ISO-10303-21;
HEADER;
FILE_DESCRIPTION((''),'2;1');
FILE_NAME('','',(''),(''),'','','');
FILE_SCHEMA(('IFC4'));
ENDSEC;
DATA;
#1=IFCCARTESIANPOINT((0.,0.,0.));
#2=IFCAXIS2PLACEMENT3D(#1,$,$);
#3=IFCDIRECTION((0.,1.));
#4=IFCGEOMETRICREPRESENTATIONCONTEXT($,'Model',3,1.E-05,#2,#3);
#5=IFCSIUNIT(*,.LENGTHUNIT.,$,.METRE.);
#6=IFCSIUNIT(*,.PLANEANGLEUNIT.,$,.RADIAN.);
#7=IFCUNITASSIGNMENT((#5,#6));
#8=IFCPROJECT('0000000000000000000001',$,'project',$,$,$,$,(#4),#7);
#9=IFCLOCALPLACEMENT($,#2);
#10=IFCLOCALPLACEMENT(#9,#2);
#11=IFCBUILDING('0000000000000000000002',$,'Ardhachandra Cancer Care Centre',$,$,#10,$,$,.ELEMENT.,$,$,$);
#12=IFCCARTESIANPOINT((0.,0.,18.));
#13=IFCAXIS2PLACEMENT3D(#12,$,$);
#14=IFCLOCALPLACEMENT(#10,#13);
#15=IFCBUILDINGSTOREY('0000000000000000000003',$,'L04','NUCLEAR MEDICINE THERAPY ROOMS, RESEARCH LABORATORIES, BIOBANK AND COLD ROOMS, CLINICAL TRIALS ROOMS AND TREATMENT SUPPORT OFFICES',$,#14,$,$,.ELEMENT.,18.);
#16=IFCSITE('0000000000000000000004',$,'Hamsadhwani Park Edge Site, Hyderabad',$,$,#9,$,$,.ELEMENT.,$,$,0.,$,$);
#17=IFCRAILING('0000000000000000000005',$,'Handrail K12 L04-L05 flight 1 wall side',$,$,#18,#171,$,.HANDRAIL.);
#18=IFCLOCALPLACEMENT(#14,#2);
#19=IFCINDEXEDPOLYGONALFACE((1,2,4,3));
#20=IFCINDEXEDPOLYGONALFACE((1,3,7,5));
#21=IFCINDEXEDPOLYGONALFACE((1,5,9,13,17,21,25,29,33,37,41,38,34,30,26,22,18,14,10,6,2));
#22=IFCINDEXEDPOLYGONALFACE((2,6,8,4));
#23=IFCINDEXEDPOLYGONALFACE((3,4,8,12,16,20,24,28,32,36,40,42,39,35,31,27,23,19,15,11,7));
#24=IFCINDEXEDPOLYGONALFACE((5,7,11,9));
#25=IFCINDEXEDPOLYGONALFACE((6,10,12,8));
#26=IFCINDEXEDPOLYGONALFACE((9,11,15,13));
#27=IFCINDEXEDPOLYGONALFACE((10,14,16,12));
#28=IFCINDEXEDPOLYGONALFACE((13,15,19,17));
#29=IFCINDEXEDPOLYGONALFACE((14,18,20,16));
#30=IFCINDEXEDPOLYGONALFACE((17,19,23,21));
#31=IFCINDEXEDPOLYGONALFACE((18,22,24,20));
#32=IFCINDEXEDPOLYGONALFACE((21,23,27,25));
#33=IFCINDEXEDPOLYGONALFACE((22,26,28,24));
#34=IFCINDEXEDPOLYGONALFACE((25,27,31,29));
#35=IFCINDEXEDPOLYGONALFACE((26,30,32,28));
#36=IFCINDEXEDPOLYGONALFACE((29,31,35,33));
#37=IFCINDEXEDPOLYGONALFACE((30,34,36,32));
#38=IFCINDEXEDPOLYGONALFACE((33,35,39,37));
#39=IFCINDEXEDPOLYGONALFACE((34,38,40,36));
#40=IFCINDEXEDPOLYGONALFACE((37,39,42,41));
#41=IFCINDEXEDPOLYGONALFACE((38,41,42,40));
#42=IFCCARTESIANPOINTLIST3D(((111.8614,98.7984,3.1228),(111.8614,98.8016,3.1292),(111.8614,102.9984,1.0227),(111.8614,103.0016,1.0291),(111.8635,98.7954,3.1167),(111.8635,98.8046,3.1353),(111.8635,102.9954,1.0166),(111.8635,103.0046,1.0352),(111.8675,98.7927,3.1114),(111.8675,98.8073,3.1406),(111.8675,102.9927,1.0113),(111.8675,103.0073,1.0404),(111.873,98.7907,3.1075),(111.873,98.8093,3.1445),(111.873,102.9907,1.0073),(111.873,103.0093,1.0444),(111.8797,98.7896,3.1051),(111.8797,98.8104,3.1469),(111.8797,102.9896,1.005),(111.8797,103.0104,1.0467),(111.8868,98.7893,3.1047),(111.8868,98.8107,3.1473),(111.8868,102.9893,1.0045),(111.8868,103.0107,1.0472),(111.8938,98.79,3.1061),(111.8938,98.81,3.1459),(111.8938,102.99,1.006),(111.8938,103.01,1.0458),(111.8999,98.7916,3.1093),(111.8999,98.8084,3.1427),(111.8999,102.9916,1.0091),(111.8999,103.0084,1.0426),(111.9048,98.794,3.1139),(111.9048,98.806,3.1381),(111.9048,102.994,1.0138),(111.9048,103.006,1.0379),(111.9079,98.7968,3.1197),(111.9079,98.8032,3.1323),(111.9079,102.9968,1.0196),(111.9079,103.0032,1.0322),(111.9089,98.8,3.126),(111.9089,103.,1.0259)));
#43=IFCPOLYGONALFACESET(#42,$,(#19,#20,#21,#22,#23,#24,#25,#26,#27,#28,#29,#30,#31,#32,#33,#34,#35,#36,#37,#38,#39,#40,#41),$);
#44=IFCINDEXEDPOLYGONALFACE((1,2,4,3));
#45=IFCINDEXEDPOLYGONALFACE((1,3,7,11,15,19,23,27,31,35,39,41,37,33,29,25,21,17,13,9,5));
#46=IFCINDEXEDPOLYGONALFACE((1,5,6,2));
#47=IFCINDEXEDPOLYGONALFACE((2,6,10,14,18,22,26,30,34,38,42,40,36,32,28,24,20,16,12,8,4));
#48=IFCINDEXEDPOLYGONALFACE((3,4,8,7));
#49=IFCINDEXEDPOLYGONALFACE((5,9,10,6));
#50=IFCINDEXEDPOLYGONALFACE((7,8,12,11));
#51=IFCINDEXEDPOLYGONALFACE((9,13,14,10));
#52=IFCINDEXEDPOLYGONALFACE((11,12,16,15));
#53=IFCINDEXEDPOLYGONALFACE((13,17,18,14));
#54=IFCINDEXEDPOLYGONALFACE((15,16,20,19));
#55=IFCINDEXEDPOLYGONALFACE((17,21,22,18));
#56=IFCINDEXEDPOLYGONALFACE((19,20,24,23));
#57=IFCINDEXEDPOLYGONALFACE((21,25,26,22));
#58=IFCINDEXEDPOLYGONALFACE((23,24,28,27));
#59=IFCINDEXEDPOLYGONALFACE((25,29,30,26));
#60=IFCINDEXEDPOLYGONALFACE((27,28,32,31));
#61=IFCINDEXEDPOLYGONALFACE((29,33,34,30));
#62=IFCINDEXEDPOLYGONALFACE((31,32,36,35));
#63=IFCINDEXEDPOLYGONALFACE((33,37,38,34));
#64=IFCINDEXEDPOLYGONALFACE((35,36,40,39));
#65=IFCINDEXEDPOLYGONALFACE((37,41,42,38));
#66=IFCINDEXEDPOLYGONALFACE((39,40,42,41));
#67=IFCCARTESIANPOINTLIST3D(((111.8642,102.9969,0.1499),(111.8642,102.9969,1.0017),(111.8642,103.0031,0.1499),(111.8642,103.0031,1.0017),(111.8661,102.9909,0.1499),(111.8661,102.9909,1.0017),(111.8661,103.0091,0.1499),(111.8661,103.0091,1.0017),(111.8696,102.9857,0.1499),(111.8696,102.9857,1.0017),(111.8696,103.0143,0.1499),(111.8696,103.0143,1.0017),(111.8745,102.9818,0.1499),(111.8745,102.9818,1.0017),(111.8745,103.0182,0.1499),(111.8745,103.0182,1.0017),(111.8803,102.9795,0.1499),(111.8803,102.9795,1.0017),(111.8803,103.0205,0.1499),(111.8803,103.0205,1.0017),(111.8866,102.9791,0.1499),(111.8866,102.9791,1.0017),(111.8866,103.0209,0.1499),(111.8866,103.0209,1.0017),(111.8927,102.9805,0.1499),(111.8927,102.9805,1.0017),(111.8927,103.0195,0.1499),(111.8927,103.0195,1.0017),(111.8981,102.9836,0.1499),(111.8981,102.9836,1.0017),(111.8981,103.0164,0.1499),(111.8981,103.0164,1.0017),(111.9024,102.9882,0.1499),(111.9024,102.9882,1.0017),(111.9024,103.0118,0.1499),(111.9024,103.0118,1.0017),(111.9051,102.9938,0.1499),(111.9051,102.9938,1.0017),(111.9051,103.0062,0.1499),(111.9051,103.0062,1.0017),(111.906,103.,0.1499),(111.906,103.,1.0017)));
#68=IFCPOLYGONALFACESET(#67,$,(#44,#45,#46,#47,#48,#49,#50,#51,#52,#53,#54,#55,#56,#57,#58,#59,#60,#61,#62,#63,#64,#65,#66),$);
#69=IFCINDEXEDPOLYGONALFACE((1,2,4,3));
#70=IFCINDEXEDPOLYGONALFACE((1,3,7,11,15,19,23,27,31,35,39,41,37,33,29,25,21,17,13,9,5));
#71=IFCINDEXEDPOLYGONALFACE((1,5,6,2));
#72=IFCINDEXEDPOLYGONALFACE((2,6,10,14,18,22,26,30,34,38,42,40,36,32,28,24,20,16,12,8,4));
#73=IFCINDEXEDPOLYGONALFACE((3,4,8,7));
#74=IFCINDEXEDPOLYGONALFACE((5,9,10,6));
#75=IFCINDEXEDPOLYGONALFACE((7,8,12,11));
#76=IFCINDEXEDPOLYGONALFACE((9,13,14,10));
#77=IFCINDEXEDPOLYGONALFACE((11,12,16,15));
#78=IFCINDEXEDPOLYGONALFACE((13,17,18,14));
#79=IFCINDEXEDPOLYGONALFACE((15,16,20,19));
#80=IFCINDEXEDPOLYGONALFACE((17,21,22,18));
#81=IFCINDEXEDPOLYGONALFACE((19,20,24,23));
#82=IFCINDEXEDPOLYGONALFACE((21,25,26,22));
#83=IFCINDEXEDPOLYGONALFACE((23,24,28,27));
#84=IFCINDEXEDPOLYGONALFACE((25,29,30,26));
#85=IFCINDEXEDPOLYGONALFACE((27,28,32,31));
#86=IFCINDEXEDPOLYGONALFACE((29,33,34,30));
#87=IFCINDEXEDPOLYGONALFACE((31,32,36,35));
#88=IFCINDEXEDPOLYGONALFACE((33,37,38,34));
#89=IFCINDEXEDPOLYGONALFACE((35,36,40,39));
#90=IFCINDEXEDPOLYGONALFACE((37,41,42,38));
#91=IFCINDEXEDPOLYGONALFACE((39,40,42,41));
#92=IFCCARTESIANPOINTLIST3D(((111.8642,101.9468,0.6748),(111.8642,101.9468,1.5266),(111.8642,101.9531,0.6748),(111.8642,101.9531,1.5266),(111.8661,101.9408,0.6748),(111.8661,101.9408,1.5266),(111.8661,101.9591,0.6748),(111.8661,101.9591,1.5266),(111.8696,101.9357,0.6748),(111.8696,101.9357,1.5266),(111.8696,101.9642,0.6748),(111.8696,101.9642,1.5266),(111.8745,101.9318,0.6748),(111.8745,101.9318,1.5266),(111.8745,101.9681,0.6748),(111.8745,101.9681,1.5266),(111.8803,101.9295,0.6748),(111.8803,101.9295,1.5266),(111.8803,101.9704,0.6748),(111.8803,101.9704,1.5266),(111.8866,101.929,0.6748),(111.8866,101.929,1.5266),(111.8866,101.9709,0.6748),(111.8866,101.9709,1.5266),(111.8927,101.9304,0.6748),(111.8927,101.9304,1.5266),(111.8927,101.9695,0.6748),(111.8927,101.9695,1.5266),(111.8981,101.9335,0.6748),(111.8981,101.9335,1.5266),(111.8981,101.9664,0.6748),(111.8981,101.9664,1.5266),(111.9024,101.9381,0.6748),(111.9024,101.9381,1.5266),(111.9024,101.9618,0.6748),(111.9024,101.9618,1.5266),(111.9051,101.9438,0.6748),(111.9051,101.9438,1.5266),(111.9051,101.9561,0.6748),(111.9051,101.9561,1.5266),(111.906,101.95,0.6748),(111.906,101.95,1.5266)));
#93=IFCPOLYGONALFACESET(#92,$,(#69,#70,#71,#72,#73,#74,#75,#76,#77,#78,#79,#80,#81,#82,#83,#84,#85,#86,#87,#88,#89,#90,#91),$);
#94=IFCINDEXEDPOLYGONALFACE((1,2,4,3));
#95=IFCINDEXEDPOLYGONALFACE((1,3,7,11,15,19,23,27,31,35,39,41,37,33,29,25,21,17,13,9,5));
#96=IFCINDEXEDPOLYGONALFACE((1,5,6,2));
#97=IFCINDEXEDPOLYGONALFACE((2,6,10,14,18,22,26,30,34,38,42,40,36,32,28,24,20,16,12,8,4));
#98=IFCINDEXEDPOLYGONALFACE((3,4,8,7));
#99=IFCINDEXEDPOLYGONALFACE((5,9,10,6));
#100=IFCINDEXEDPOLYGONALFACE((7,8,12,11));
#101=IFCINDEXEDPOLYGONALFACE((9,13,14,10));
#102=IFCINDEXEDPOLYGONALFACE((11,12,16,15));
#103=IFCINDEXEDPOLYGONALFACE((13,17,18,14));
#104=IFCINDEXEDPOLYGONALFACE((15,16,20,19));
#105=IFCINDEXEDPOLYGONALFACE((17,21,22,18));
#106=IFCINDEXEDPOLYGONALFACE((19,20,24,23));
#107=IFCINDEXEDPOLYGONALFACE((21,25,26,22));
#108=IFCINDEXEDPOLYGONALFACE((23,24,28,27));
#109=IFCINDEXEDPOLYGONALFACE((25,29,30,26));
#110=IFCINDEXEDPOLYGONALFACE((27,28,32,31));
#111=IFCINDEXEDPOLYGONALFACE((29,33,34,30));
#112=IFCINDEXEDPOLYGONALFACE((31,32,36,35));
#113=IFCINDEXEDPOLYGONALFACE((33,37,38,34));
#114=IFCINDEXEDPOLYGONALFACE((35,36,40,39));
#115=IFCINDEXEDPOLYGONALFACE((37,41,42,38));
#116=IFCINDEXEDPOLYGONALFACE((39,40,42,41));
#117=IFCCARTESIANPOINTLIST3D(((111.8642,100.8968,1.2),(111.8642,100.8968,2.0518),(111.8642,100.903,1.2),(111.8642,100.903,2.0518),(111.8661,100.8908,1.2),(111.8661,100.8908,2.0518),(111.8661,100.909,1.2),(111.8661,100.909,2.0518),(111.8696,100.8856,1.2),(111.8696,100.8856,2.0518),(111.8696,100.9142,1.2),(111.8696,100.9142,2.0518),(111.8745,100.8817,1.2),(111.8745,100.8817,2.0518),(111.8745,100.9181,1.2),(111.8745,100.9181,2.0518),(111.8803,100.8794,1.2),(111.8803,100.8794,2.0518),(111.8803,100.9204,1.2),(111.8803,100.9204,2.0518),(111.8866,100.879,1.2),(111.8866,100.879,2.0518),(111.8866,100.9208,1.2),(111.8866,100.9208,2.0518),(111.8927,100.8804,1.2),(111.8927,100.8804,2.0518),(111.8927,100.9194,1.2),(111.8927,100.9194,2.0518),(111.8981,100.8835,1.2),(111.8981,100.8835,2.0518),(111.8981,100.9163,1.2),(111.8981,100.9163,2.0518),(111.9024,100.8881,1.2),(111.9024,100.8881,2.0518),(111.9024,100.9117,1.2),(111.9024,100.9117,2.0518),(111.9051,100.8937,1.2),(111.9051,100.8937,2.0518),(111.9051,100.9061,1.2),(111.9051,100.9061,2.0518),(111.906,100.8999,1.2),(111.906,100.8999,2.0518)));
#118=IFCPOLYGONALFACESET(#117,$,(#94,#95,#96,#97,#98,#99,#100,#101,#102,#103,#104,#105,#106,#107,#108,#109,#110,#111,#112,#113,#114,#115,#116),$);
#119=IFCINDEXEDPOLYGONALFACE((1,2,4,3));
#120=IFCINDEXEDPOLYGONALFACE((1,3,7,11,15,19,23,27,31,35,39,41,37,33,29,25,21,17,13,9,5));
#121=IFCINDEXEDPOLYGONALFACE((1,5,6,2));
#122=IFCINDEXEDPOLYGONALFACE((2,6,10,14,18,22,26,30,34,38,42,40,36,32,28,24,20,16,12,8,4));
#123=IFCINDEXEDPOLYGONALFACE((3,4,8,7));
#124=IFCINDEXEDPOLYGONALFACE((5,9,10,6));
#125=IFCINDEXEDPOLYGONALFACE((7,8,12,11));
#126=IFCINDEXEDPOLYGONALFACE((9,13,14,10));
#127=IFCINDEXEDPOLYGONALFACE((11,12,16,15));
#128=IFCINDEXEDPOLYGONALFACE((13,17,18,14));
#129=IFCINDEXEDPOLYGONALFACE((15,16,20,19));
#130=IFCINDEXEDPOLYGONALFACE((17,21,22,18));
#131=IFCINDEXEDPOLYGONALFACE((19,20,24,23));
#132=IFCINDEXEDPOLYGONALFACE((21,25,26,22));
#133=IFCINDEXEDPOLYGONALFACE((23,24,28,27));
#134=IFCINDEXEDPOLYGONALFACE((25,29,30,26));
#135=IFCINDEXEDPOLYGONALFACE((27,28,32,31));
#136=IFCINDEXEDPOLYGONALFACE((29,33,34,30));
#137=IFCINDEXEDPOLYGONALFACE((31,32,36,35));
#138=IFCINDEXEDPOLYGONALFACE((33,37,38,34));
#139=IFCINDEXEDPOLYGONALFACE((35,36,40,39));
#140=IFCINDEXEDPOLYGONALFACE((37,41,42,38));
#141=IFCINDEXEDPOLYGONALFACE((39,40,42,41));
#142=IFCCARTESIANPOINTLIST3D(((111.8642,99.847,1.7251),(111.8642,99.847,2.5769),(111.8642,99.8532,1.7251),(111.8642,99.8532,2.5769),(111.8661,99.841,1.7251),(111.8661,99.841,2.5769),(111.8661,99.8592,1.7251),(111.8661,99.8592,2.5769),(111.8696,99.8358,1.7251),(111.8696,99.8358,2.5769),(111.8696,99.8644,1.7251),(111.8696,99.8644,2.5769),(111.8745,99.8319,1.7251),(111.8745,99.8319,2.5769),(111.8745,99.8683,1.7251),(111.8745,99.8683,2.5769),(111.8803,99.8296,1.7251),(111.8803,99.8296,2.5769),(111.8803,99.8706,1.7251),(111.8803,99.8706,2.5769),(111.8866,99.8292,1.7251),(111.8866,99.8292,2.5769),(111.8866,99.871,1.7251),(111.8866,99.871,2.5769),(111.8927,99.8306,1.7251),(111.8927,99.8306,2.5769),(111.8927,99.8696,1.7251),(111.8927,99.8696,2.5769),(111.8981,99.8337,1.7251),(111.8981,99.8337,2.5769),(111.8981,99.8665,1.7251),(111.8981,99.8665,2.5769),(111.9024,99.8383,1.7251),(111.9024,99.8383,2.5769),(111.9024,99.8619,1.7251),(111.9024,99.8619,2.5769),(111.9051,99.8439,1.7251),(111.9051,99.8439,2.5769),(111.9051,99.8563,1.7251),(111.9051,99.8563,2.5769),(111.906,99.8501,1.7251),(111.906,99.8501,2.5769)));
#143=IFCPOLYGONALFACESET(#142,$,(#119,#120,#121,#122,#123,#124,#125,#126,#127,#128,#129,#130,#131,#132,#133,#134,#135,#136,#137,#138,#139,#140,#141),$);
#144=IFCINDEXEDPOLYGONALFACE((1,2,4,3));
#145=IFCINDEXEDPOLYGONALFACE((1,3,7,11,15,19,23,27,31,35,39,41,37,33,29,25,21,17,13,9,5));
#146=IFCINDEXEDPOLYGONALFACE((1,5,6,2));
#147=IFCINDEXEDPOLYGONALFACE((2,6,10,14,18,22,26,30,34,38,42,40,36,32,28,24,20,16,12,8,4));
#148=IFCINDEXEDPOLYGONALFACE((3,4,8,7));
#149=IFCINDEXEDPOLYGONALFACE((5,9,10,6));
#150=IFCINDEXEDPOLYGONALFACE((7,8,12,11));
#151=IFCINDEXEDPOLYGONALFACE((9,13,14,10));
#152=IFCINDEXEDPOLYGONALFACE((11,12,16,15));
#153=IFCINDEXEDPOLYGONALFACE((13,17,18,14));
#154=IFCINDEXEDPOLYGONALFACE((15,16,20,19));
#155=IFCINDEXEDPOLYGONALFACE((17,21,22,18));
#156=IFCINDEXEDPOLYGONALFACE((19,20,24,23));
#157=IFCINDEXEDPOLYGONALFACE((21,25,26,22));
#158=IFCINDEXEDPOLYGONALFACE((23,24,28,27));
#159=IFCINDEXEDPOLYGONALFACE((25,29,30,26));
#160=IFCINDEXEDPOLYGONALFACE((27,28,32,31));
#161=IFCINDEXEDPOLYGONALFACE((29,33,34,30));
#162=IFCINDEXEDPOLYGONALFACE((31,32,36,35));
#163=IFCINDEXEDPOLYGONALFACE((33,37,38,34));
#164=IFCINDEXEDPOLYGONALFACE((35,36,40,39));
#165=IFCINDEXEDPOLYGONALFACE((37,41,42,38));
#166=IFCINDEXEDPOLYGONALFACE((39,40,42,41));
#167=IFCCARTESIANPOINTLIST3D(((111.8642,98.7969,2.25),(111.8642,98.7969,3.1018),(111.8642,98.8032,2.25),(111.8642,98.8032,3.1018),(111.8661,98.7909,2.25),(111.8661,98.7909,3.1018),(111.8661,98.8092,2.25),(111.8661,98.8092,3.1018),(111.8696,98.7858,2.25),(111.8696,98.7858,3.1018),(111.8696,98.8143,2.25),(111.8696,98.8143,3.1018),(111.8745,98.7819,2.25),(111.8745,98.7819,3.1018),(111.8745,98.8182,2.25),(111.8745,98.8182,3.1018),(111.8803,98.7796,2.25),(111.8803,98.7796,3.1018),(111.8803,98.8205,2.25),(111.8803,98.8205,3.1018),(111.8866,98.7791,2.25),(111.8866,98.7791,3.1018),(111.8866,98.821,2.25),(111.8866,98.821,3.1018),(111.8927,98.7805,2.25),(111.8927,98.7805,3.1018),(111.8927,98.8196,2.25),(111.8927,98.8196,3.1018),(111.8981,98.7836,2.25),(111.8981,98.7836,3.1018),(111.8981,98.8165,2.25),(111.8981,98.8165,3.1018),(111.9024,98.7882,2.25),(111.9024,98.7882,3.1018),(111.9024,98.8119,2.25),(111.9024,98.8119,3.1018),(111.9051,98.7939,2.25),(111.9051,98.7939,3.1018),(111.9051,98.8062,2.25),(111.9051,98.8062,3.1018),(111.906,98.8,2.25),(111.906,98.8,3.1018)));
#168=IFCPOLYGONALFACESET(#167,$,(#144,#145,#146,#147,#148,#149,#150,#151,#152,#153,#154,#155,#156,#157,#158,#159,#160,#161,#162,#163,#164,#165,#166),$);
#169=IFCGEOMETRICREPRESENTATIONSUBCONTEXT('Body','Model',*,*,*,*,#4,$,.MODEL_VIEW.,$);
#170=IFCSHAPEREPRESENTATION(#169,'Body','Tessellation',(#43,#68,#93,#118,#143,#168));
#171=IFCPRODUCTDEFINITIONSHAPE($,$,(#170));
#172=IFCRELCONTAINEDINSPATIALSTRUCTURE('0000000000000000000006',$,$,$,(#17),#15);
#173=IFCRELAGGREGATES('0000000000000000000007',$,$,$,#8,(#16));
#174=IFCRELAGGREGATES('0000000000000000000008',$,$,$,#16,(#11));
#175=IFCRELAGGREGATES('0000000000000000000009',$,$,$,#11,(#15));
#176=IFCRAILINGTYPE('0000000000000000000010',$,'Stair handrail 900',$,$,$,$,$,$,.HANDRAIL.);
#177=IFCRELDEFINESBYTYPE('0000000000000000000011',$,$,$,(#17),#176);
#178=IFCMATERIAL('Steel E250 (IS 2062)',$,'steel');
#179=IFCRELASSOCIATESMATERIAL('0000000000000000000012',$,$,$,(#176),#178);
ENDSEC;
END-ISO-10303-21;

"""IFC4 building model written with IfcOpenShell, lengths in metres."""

from ifc_helpers import new_model, si_unit, direction, frame, origin, origin_2d, place, context, subcontext, project, spatial, circle, extrude, material, type_object, element, save


model = new_model("IFC4")

# Units and contexts
model_context = context("Model", 3, precision=1e-05, world=origin(), true_north=direction((0.0, 1.0)))
body_context = subcontext(model_context, "Body", "Model", "MODEL_VIEW")
ifc_project = project(units=[si_unit("LENGTHUNIT", "METRE"), si_unit("PLANEANGLEUNIT", "RADIAN")], contexts=[model_context])

# Site, building, storey
site_placement = place(None, origin())
site = spatial("IfcSite", under=ifc_project, at=site_placement, Name="Hamsadhwani Park Edge Site, Hyderabad", CompositionType="ELEMENT", RefElevation=0.0)
building_placement = place(site_placement, origin())
building = spatial("IfcBuilding", under=site, at=building_placement, Name="Ardhachandra Cancer Care Centre", CompositionType="ELEMENT")
storey_placement = place(building_placement, frame((0.0, 0.0, 18.0)))
storey = spatial("IfcBuildingStorey", under=building, at=storey_placement, Name="L04", Description="NUCLEAR MEDICINE THERAPY ROOMS, RESEARCH LABORATORIES, BIOBANK AND COLD ROOMS, CLINICAL TRIALS ROOMS AND TREATMENT SUPPORT OFFICES", CompositionType="ELEMENT", Elevation=18.0)

# Railing
ifc_material_1 = material(Name="Steel E250 (IS 2062)", Category="steel")
railing_type_1 = type_object("IfcRailingType", Name="Stair handrail 900", PredefinedType="HANDRAIL", material=ifc_material_1)
for number, where, name in (
    (1, (111.885, 103.0, 0.1499), "Handrail K12 L04-L05 flight 1 wall side"),
):
    element("IfcRailing", number, at=place(storey_placement, frame(where)), inside=storey, type_object=railing_type_1, Name=name, PredefinedType="HANDRAIL", context=body_context, shape_type="SweptSolid", body=[
        extrude(circle(Radius=0.0239, at=origin_2d()), frame((0.0, 0.0, 0.876), z_axis=(0.0, -0.894417, 0.447234), x_axis=(1.0, 0.0, 0.0)), (0.0, 0.0, 1.0), 4.6958),
        extrude(circle(Radius=0.021, at=origin_2d()), origin(), (0.0, 0.0, 1.0), 0.8518),
        extrude(circle(Radius=0.021, at=origin_2d()), frame((0.0, -1.05, 0.5249)), (0.0, 0.0, 1.0), 0.8518),
        extrude(circle(Radius=0.021, at=origin_2d()), frame((0.0, -2.1001, 1.05)), (0.0, 0.0, 1.0), 0.8518),
        extrude(circle(Radius=0.021, at=origin_2d()), frame((0.0, -3.1499, 1.5752)), (0.0, 0.0, 1.0), 0.8518),
        extrude(circle(Radius=0.021, at=origin_2d()), frame((0.0, -4.2, 2.1001)), (0.0, 0.0, 1.0), 0.8518),
    ])

save(model, "model.ifc")
